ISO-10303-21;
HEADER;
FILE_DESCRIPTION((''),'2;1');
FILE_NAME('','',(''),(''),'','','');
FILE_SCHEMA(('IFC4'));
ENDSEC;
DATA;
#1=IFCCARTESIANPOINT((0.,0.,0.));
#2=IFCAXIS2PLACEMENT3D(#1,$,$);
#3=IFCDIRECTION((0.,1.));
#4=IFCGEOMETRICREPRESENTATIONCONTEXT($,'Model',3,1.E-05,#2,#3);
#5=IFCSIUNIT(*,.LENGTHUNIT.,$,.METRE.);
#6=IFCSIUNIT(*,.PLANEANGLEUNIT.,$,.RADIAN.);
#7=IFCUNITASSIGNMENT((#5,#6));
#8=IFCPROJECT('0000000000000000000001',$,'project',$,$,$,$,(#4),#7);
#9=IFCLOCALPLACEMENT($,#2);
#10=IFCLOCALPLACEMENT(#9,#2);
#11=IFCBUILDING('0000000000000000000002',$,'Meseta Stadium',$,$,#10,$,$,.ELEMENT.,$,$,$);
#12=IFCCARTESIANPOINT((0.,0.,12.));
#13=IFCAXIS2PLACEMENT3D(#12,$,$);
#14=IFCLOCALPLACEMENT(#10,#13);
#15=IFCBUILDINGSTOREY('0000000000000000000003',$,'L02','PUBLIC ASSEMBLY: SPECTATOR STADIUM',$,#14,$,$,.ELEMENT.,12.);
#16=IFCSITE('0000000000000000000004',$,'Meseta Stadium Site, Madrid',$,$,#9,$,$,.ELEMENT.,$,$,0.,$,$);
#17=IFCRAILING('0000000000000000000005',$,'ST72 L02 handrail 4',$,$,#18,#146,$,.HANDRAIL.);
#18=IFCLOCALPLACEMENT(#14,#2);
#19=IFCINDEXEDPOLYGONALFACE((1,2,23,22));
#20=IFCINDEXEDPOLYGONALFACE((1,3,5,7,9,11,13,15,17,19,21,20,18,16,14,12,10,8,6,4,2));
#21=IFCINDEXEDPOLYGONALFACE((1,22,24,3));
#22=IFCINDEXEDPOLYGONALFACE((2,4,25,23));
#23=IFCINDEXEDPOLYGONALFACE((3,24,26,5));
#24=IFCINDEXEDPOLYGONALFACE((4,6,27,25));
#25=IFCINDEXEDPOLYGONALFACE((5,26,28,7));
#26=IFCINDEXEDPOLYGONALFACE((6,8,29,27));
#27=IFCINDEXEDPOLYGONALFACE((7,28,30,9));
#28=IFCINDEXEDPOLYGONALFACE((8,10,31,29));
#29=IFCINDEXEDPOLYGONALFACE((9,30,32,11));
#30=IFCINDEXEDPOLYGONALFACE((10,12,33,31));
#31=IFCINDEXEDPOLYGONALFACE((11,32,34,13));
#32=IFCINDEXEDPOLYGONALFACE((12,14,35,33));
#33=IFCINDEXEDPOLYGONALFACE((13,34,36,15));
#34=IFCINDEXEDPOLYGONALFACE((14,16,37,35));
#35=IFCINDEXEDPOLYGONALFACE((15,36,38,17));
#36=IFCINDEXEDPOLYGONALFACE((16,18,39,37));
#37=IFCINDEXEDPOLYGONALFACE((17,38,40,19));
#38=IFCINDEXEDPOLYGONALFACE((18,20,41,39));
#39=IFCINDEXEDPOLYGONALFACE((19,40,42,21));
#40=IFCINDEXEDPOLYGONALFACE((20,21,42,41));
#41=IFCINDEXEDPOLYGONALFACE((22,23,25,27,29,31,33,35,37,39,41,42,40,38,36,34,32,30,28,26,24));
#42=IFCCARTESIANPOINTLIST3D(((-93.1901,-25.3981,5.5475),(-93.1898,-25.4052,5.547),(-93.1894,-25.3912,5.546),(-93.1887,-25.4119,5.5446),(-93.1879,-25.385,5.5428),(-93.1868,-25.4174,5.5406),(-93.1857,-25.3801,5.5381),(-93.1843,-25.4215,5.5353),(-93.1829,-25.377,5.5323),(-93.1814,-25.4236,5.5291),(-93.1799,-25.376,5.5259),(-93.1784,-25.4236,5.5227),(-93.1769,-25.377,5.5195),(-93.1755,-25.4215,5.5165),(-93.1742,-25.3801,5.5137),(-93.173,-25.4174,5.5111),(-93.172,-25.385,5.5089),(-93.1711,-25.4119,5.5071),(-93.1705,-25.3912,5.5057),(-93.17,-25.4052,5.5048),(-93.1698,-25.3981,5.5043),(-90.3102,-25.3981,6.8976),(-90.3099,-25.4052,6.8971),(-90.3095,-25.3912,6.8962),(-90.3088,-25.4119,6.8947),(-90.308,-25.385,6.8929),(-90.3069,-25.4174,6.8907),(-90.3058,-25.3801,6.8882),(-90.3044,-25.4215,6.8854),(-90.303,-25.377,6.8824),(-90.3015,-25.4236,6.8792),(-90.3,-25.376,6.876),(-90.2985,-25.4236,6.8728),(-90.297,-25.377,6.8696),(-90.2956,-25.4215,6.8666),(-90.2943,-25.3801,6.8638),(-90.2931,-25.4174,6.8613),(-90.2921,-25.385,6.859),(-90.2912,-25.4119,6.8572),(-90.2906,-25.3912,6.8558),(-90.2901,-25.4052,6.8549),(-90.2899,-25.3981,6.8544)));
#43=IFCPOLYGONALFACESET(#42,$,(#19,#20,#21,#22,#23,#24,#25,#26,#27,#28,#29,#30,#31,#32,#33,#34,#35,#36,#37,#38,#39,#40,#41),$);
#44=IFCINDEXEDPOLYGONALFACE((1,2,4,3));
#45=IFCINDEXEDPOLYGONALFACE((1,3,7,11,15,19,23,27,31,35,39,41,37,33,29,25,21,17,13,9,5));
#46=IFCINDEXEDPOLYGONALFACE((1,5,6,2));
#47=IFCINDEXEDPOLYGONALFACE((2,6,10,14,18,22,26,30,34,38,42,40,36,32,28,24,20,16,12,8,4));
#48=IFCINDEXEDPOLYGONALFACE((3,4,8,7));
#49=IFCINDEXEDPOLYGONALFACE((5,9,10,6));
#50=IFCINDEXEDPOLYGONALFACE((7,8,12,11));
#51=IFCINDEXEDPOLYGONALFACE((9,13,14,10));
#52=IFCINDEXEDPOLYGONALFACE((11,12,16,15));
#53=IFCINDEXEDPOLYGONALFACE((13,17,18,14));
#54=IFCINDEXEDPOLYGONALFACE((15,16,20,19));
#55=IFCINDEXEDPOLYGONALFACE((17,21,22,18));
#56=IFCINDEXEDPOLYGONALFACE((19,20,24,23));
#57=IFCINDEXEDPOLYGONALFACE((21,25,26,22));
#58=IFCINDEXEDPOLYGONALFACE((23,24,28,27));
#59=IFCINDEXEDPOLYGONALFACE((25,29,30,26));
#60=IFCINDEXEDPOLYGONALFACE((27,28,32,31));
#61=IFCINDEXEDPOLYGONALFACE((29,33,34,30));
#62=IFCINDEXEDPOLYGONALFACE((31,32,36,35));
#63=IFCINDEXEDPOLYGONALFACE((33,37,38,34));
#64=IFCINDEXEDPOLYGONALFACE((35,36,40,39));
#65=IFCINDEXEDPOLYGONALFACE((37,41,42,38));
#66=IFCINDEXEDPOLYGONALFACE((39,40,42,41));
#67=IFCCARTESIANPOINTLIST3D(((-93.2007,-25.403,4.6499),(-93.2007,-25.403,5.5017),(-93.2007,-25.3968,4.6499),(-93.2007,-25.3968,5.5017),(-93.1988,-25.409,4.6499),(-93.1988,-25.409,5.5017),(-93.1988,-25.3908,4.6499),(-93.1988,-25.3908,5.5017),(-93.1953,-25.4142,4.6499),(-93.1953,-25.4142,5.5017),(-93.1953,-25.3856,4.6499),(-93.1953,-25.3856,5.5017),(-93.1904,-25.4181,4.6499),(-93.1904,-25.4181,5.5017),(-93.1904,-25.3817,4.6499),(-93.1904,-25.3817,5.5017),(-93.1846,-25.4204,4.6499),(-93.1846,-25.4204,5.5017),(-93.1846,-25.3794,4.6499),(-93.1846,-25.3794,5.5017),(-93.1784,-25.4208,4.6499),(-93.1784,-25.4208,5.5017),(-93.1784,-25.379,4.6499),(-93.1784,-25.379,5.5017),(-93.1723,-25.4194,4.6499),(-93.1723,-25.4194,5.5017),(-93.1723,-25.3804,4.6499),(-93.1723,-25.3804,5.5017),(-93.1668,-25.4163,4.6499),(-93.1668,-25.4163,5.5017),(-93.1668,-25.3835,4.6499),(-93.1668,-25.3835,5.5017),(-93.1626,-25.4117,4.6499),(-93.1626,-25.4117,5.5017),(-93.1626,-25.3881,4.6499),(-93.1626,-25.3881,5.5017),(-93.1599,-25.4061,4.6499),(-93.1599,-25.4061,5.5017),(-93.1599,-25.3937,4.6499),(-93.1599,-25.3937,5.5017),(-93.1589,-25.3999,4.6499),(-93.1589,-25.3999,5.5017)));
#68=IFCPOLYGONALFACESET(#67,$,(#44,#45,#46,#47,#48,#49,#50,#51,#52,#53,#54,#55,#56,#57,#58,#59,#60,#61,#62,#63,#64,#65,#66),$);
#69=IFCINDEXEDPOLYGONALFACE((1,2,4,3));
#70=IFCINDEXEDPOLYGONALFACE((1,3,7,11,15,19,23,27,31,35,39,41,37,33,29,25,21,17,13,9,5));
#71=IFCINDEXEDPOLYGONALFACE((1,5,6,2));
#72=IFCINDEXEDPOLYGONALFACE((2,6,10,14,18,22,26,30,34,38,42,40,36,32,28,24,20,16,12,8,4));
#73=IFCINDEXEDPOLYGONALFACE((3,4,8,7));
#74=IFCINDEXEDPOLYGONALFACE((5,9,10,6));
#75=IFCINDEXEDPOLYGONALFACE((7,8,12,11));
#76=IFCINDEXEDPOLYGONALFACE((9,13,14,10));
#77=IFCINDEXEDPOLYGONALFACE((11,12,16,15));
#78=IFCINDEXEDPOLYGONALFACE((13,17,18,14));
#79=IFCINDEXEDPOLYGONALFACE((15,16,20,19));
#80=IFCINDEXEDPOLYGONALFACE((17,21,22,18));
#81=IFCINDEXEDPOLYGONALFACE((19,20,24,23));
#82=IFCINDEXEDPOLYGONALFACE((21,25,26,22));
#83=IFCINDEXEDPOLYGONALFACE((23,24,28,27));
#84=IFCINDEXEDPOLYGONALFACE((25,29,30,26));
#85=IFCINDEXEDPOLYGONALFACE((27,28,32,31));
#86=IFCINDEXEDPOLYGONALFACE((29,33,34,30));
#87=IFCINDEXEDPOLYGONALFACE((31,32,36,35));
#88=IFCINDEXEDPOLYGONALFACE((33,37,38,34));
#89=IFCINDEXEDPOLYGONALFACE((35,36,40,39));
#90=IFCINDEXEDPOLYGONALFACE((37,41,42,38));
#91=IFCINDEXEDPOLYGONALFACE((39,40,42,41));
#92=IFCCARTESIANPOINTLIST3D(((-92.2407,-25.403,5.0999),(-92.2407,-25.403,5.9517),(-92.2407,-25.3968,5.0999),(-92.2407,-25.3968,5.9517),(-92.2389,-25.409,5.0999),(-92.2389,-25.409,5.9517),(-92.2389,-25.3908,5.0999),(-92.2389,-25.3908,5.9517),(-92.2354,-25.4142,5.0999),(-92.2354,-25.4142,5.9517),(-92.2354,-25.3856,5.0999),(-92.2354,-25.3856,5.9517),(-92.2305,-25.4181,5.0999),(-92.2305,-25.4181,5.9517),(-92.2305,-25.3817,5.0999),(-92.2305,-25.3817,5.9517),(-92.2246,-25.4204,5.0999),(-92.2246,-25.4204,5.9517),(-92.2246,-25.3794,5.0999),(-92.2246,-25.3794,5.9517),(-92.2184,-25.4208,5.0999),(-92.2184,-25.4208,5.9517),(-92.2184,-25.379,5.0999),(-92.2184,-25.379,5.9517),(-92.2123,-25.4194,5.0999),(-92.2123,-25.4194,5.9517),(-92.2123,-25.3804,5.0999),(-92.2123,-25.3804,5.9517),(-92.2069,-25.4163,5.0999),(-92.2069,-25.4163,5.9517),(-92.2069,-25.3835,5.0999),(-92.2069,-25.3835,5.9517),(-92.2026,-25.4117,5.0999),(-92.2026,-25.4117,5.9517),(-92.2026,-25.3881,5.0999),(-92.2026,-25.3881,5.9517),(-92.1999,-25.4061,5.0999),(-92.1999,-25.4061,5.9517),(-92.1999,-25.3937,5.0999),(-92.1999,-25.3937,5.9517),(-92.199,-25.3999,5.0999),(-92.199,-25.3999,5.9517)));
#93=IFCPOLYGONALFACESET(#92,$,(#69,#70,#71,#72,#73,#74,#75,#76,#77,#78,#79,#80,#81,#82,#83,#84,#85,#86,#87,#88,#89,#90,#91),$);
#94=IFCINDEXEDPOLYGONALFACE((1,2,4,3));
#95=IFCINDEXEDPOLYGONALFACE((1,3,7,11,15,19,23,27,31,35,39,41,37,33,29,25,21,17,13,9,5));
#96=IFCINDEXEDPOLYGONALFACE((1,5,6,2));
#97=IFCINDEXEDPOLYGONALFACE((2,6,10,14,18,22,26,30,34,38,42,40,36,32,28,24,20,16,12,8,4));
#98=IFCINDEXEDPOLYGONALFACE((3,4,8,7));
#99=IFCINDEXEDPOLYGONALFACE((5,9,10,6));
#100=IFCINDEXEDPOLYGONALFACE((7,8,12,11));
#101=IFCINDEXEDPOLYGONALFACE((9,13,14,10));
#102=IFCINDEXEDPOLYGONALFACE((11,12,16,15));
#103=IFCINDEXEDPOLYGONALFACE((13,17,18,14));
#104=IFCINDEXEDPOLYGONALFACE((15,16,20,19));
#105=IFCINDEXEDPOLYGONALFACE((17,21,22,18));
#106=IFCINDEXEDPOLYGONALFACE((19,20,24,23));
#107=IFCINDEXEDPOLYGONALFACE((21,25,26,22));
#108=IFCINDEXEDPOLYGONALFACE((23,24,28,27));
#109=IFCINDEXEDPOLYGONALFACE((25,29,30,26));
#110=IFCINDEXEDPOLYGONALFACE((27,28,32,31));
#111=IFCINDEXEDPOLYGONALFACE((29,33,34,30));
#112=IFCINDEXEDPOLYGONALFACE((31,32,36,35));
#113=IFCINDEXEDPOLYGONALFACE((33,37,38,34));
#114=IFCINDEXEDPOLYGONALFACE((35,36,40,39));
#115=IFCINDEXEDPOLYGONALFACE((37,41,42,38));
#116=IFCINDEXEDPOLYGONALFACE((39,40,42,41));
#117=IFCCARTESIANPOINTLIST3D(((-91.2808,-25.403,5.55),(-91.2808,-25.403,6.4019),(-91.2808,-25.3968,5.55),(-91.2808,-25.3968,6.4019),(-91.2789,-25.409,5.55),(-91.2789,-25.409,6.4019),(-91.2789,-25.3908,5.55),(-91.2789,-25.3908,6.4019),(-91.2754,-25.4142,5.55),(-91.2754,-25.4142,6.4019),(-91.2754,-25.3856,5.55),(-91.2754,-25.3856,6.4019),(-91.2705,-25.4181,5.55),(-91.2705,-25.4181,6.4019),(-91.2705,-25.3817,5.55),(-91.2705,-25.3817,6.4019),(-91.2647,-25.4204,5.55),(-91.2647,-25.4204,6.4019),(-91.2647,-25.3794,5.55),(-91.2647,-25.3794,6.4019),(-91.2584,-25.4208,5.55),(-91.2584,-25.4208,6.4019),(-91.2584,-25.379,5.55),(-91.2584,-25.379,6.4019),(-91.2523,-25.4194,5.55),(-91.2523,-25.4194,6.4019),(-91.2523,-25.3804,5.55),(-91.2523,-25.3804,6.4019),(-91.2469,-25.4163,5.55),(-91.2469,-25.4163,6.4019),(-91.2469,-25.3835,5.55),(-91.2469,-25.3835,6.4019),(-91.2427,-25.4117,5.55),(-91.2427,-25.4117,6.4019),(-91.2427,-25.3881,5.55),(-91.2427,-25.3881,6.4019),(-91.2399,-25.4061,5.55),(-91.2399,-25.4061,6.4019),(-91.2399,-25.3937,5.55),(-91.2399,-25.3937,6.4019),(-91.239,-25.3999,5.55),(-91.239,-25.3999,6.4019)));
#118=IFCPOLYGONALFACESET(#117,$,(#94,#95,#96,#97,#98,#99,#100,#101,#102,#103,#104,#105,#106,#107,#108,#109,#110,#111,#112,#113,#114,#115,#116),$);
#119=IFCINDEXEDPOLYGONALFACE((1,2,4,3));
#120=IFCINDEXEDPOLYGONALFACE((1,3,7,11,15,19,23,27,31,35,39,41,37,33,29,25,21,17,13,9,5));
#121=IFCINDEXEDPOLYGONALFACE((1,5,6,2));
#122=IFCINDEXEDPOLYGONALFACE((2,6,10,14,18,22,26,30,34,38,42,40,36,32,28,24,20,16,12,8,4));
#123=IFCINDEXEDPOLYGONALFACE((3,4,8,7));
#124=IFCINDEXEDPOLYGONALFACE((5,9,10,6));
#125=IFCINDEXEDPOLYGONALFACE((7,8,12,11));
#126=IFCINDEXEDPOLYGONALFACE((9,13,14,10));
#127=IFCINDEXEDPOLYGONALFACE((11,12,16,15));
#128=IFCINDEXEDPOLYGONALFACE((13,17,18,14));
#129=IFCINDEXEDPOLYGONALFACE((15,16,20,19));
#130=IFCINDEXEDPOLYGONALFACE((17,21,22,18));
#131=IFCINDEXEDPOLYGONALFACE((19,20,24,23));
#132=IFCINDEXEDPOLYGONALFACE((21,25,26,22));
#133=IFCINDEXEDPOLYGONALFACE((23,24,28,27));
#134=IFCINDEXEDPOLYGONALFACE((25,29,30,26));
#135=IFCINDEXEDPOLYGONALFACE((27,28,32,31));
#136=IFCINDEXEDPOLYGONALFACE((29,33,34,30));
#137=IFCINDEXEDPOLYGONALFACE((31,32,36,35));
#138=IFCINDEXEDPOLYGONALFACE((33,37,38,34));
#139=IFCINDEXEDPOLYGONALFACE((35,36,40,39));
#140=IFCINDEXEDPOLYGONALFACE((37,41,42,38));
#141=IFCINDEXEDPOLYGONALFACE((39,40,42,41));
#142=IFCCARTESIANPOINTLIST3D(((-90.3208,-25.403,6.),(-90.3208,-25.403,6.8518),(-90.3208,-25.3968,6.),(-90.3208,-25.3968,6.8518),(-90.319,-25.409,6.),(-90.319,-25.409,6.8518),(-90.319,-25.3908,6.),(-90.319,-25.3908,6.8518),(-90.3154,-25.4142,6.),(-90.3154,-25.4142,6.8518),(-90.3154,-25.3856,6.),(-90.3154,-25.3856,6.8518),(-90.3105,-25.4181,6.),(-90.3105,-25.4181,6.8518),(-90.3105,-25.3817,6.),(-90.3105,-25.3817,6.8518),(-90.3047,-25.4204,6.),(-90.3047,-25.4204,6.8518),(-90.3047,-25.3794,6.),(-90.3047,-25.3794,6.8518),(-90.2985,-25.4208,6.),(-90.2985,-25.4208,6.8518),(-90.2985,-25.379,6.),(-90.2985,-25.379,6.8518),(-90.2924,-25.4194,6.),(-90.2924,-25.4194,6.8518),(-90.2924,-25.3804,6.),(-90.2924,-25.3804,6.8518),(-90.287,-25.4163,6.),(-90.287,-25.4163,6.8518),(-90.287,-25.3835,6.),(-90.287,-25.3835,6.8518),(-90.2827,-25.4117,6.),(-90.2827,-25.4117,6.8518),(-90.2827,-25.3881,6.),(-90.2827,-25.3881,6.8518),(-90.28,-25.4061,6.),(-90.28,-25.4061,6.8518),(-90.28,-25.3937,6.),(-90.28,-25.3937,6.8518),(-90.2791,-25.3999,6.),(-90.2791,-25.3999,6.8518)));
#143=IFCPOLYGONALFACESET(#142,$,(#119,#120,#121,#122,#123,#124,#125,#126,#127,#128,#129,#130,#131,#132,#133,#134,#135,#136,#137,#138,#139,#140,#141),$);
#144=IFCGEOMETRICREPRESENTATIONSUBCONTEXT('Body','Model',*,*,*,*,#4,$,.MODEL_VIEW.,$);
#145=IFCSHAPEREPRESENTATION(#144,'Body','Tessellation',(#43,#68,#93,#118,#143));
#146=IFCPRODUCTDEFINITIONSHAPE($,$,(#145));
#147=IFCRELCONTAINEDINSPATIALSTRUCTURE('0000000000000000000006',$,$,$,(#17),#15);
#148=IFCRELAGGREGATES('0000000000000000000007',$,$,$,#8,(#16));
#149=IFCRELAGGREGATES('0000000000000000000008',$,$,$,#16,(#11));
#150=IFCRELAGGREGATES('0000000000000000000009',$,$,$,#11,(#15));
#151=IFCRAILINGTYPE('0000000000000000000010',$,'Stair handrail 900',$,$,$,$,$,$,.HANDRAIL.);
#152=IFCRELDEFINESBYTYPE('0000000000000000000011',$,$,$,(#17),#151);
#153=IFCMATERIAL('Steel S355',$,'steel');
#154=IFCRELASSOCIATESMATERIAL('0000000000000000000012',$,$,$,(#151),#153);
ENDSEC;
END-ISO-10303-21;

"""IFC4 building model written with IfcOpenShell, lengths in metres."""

from ifc_helpers import new_model, si_unit, direction, frame, origin, origin_2d, place, context, subcontext, project, spatial, circle, extrude, material, type_object, element, save


model = new_model("IFC4")

# Units and contexts
model_context = context("Model", 3, precision=1e-05, world=origin(), true_north=direction((0.0, 1.0)))
body_context = subcontext(model_context, "Body", "Model", "MODEL_VIEW")
ifc_project = project(units=[si_unit("LENGTHUNIT", "METRE"), si_unit("PLANEANGLEUNIT", "RADIAN")], contexts=[model_context])

# Site, building, storey
site_placement = place(None, origin())
site = spatial("IfcSite", under=ifc_project, at=site_placement, Name="Meseta Stadium Site, Madrid", CompositionType="ELEMENT", RefElevation=0.0)
building_placement = place(site_placement, origin())
building = spatial("IfcBuilding", under=site, at=building_placement, Name="Meseta Stadium", CompositionType="ELEMENT")
storey_placement = place(building_placement, frame((0.0, 0.0, 12.0)))
storey = spatial("IfcBuildingStorey", under=building, at=storey_placement, Name="L02", Description="PUBLIC ASSEMBLY: SPECTATOR STADIUM", CompositionType="ELEMENT", Elevation=12.0)

# Railing
ifc_material_1 = material(Name="Steel S355", Category="steel")
railing_type_1 = type_object("IfcRailingType", Name="Stair handrail 900", PredefinedType="HANDRAIL", material=ifc_material_1)
for number, where, name in (
    (1, (-93.1799, -25.3999, 4.6499), "ST72 L02 handrail 4"),
):
    element("IfcRailing", number, at=place(storey_placement, frame(where)), inside=storey, type_object=railing_type_1, Name=name, PredefinedType="HANDRAIL", context=body_context, shape_type="SweptSolid", body=[
        extrude(circle(Radius=0.0239, at=origin_2d()), frame((0.0, 0.0, 0.876), z_axis=(0.90544, 0.0, 0.424473), x_axis=(0.0, 1.0, 0.0)), (0.0, 0.0, 1.0), 3.1807),
        extrude(circle(Radius=0.021, at=origin_2d()), origin(), (0.0, 0.0, 1.0), 0.8518),
        extrude(circle(Radius=0.021, at=origin_2d()), frame((0.96, 0.0, 0.45)), (0.0, 0.0, 1.0), 0.8518),
        extrude(circle(Radius=0.021, at=origin_2d()), frame((1.9199, 0.0, 0.9001)), (0.0, 0.0, 1.0), 0.8518),
        extrude(circle(Radius=0.021, at=origin_2d()), frame((2.8799, 0.0, 1.3501)), (0.0, 0.0, 1.0), 0.8518),
    ])

save(model, "model.ifc")
